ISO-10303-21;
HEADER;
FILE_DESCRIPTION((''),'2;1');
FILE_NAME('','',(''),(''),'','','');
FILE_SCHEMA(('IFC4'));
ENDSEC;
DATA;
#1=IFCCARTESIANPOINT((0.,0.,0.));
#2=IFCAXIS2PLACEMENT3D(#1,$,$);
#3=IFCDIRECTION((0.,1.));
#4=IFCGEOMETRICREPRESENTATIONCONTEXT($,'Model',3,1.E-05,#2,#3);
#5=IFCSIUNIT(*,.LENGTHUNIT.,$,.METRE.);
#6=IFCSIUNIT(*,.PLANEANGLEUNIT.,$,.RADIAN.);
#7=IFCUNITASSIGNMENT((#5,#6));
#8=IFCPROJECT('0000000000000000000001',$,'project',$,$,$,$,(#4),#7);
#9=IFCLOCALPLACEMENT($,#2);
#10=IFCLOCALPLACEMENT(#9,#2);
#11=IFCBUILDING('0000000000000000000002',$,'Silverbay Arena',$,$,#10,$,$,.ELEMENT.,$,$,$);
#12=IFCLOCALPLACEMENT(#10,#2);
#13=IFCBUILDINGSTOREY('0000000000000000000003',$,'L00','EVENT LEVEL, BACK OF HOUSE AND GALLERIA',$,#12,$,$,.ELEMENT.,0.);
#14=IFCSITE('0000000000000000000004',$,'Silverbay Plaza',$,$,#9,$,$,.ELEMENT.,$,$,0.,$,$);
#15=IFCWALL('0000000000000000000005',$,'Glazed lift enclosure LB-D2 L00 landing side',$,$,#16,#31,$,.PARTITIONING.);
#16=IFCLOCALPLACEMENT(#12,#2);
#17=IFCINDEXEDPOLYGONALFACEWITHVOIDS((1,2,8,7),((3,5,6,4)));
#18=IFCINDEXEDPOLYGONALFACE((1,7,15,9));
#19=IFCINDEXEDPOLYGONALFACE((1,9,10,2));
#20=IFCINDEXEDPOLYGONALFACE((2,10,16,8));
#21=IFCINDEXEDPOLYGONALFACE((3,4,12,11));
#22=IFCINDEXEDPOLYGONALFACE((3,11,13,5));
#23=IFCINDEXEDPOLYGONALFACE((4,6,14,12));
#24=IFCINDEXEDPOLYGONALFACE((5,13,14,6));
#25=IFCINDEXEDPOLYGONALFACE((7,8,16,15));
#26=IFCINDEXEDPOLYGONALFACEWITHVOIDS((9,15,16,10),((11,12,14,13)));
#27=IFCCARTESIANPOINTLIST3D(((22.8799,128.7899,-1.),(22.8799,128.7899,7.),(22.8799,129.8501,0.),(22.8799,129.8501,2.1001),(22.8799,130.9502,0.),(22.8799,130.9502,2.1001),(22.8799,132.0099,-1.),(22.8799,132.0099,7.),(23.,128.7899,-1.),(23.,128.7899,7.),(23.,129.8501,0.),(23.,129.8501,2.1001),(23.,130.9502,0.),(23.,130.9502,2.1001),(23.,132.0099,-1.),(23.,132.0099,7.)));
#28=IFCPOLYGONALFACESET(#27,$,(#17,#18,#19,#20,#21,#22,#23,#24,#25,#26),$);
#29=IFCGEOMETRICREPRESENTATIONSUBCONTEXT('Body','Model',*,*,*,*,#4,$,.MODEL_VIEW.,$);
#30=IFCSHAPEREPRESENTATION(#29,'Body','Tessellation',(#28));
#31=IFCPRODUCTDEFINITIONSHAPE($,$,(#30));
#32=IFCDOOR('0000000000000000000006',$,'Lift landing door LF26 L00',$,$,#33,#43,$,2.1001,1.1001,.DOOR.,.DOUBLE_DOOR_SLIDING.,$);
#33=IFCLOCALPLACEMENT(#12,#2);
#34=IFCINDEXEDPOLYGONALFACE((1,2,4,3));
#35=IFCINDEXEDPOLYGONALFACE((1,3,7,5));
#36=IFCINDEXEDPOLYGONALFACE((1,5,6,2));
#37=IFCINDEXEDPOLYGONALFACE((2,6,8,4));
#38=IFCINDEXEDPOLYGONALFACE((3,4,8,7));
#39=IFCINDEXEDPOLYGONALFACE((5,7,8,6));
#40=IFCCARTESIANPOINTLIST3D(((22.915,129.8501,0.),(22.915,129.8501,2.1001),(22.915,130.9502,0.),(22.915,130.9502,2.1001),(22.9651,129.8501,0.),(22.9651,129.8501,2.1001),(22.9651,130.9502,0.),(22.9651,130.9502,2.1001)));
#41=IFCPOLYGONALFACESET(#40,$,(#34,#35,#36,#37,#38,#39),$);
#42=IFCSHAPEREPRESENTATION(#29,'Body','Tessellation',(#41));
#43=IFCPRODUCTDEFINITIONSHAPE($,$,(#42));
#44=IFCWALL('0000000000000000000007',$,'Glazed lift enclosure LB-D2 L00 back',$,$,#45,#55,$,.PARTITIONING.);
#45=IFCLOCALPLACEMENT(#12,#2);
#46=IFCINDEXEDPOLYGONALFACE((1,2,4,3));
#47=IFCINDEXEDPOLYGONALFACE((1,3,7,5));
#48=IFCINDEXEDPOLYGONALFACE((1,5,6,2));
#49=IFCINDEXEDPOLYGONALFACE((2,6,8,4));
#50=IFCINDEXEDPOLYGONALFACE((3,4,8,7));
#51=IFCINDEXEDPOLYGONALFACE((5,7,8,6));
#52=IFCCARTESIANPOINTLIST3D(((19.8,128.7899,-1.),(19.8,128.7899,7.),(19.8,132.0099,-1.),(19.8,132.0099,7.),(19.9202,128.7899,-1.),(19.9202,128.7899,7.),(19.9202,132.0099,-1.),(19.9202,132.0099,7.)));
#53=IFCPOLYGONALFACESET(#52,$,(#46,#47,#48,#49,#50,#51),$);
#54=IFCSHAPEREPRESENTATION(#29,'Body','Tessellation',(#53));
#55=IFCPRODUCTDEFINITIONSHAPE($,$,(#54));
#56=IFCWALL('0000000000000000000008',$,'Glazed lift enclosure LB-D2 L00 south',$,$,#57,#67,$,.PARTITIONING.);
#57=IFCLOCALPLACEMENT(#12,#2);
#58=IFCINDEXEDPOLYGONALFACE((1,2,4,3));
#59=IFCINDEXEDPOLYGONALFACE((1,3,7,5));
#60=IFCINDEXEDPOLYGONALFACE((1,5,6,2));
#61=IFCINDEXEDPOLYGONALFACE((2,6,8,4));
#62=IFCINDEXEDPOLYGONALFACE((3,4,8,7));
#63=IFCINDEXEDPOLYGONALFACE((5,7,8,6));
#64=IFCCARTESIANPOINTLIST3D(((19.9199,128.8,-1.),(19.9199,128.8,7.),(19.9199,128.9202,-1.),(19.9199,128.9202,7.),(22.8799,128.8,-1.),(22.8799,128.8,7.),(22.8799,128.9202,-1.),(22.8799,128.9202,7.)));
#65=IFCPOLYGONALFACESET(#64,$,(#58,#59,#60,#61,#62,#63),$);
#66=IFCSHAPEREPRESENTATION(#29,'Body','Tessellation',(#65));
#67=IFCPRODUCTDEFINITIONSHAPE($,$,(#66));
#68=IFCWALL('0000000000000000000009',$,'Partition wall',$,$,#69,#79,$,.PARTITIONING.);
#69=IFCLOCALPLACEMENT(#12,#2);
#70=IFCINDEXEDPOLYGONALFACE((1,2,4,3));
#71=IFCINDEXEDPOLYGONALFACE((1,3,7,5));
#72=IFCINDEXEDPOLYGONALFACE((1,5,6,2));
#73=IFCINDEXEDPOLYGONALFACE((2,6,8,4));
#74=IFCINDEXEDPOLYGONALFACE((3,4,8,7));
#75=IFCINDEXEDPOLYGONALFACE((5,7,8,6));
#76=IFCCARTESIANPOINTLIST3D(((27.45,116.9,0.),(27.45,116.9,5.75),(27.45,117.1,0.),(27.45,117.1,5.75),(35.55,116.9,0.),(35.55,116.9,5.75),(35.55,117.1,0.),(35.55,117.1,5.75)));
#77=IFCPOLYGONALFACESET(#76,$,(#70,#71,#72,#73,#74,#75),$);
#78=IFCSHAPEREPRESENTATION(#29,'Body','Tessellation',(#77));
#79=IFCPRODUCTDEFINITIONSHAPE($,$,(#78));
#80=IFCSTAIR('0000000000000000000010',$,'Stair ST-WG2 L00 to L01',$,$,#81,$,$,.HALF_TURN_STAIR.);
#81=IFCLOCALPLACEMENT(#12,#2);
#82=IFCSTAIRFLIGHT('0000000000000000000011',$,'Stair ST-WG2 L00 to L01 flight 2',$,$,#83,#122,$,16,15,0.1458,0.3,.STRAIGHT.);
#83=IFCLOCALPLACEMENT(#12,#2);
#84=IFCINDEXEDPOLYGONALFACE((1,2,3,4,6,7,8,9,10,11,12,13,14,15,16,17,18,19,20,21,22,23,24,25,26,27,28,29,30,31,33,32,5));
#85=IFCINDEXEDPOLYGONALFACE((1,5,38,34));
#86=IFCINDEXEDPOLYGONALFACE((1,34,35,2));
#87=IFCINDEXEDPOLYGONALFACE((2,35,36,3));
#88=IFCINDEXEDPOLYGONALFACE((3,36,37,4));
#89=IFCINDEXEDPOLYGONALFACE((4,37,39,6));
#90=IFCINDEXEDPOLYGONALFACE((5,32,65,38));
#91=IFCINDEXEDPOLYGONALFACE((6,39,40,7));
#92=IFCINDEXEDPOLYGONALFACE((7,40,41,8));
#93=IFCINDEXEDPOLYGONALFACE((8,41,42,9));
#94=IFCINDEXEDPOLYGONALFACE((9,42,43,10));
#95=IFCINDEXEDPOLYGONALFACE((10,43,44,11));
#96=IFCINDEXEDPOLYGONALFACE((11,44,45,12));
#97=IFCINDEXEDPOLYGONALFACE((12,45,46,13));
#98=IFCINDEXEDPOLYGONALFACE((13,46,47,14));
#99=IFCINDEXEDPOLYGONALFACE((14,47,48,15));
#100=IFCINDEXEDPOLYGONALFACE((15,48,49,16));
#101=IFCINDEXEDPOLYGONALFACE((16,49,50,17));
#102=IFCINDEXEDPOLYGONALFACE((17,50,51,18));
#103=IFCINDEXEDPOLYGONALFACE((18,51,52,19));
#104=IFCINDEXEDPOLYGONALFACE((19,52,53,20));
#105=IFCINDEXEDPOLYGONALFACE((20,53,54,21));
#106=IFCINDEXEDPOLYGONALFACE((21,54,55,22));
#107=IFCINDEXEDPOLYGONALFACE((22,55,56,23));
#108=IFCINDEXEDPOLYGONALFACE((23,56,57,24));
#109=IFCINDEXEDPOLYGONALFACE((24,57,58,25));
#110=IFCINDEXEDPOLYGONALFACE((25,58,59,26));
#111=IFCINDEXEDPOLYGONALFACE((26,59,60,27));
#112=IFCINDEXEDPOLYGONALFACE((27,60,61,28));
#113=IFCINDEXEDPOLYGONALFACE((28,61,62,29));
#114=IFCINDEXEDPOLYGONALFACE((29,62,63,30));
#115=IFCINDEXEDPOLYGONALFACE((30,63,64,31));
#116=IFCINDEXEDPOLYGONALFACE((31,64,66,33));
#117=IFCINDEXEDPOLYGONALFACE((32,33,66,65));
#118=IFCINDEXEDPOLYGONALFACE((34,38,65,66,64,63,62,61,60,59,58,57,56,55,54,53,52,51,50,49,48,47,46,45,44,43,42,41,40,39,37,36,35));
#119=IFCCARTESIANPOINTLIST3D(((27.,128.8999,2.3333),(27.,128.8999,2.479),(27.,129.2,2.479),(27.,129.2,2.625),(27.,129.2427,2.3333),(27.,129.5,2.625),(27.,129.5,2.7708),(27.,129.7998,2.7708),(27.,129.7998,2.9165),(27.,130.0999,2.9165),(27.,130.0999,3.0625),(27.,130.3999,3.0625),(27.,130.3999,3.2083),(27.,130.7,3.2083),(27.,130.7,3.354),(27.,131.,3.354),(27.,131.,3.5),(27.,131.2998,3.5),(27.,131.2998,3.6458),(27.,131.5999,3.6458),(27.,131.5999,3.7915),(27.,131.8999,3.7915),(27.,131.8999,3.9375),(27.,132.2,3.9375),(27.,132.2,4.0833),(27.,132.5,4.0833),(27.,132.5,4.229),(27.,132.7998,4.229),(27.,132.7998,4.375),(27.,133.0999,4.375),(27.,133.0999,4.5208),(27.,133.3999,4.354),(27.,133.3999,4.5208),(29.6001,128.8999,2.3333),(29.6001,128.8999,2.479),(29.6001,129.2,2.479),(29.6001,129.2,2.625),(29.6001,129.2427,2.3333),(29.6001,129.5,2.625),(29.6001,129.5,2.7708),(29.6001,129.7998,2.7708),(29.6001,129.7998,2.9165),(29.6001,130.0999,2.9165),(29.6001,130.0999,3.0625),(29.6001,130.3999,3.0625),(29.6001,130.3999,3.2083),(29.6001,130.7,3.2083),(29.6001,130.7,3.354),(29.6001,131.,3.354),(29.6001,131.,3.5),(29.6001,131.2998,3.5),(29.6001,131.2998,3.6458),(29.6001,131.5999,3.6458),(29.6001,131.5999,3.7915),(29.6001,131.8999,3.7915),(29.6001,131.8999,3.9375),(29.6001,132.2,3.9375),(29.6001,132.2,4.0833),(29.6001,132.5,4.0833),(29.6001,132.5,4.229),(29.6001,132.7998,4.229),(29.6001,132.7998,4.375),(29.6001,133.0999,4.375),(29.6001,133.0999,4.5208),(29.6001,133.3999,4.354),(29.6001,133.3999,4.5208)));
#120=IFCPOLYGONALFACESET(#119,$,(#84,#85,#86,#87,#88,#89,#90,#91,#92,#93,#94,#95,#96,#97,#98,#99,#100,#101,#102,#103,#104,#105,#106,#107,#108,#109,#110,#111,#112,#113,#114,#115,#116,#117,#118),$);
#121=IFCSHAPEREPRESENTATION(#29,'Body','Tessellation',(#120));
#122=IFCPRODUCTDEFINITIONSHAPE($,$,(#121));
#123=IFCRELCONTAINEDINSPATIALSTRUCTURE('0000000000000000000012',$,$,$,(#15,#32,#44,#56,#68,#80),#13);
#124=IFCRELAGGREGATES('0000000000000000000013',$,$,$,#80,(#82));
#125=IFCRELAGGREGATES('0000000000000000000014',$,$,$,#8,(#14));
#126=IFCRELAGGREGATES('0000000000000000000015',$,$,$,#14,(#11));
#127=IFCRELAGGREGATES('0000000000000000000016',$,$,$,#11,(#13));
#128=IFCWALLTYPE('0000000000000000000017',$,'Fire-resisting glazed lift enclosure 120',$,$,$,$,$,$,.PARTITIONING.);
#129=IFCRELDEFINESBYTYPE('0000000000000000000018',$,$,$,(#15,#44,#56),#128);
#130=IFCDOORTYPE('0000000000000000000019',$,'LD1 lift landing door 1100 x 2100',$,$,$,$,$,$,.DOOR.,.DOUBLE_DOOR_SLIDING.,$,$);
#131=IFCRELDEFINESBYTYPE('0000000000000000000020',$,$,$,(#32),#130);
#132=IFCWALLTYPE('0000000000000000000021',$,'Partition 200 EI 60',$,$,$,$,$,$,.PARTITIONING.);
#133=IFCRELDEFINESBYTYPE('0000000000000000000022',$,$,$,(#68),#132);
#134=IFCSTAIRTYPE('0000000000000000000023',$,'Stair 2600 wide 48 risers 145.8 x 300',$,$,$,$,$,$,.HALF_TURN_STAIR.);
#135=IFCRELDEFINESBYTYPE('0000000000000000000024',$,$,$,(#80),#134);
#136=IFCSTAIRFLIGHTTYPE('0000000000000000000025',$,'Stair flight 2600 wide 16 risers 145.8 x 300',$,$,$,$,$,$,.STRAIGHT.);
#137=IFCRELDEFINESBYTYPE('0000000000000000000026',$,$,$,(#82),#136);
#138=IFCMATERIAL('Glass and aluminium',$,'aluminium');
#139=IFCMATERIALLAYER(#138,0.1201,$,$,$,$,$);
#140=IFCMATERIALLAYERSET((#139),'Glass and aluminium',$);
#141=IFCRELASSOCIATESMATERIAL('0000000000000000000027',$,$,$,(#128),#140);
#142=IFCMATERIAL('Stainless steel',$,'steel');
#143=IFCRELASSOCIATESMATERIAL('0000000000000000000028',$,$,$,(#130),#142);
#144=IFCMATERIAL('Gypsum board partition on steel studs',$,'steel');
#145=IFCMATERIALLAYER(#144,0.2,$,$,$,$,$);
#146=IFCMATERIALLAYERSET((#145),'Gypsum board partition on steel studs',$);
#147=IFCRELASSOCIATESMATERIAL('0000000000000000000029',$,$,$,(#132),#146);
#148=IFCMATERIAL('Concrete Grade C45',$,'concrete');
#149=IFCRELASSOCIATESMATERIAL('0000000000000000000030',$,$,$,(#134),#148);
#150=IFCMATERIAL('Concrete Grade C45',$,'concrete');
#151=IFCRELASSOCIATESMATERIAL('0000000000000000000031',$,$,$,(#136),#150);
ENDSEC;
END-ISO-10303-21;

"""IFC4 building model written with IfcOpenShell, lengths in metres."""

from ifc_helpers import new_model, si_unit, direction, frame, frame_2d, origin, place, context, subcontext, project, spatial, polyline, rectangle, outline, extrude, material, layer, layer_set, type_object, element, fill, aggregate, save


model = new_model("IFC4")

# Units and contexts
model_context = context("Model", 3, precision=1e-05, world=origin(), true_north=direction((0.0, 1.0)))
body_context = subcontext(model_context, "Body", "Model", "MODEL_VIEW")
ifc_project = project(units=[si_unit("LENGTHUNIT", "METRE"), si_unit("PLANEANGLEUNIT", "RADIAN")], contexts=[model_context])

# Site, building, storey
site_placement = place(None, origin())
site = spatial("IfcSite", under=ifc_project, at=site_placement, Name="Silverbay Plaza", CompositionType="ELEMENT", RefElevation=0.0)
building_placement = place(site_placement, origin())
building = spatial("IfcBuilding", under=site, at=building_placement, Name="Silverbay Arena", CompositionType="ELEMENT")
storey_placement = place(building_placement, origin())
storey = spatial("IfcBuildingStorey", under=building, at=storey_placement, Name="L00", Description="EVENT LEVEL, BACK OF HOUSE AND GALLERIA", CompositionType="ELEMENT", Elevation=0.0)

# Wall, opening, door
ifc_material_1 = material(Name="Glass and aluminium", Category="aluminium")
ifc_layer_1 = layer(ifc_material_1, 0.1201)
ifc_layer_set_1 = layer_set([ifc_layer_1], Name="Glass and aluminium")
wall_type_1 = type_object("IfcWallType", Name="Fire-resisting glazed lift enclosure 120", PredefinedType="PARTITIONING", material=ifc_layer_set_1)
wall_1_placement = place(storey_placement, frame((22.9399, 128.79, -1.0), z_axis=(0.0, 0.0, 1.0), x_axis=(0.0, 1.0, 0.0)))
wall_1 = element("IfcWall", 1, at=wall_1_placement, inside=storey, type_object=wall_type_1, Name="Glazed lift enclosure LB-D2 L00 landing side", PredefinedType="PARTITIONING", context=body_context, shape_type="SweptSolid", body=[
    extrude(rectangle(XDim=3.22, YDim=0.1201, at=frame_2d((1.6099, 0.0))), origin(), (0.0, 0.0, 1.0), 8.0),
])
opening_1_placement = place(wall_1_placement, frame((1.0601, 0.0, 1.0)))
opening_1 = element("IfcOpeningElement", 2, at=opening_1_placement, cuts=wall_1, PredefinedType="OPENING", context=body_context, shape_type="SweptSolid", body=[
    extrude(rectangle(XDim=1.1001, YDim=2.1001, at=frame_2d((0.55, 1.05))), frame((0.0, 0.0701, 0.0), z_axis=(0.0, -1.0, 0.0), x_axis=(1.0, 0.0, 0.0)), (0.0, 0.0, 1.0), 0.1401),
])
ifc_material_2 = material(Name="Stainless steel", Category="steel")
door_type_1 = type_object("IfcDoorType", Name="LD1 lift landing door 1100 x 2100", OperationType="DOUBLE_DOOR_SLIDING", PredefinedType="DOOR", material=ifc_material_2)
door_1_placement = place(opening_1_placement, origin())
door_1 = element("IfcDoor", 3, at=door_1_placement, inside=storey, type_object=door_type_1, Name="Lift landing door LF26 L00", OperationType="DOUBLE_DOOR_SLIDING", OverallHeight=2.1001, OverallWidth=1.1001, PredefinedType="DOOR", context=body_context, shape_type="SweptSolid", body=[
    extrude(rectangle(XDim=1.1001, YDim=2.1001, at=frame_2d((0.55, 1.05))), frame((0.0, 0.0249, 0.0), z_axis=(0.0, -1.0, 0.0), x_axis=(1.0, 0.0, 0.0)), (0.0, 0.0, 1.0), 0.05),
])
fill(opening_1, door_1)

# Walls
wall_2_placement = place(storey_placement, frame((19.8601, 128.79, -1.0), z_axis=(0.0, 0.0, 1.0), x_axis=(0.0, 1.0, 0.0)))
element("IfcWall", 4, at=wall_2_placement, inside=storey, type_object=wall_type_1, Name="Glazed lift enclosure LB-D2 L00 back", PredefinedType="PARTITIONING", context=body_context, shape_type="SweptSolid", body=[
    extrude(rectangle(XDim=3.22, YDim=0.1201, at=frame_2d((1.6099, 0.0))), origin(), (0.0, 0.0, 1.0), 8.0),
])
wall_3_placement = place(storey_placement, frame((19.9199, 128.8601, -1.0), z_axis=(0.0, 0.0, 1.0), x_axis=(1.0, 0.0, 0.0)))
element("IfcWall", 5, at=wall_3_placement, inside=storey, type_object=wall_type_1, Name="Glazed lift enclosure LB-D2 L00 south", PredefinedType="PARTITIONING", context=body_context, shape_type="SweptSolid", body=[
    extrude(rectangle(XDim=2.96, YDim=0.1201, at=frame_2d((1.48, 0.0))), origin(), (0.0, 0.0, 1.0), 8.0),
])
ifc_material_3 = material(Name="Gypsum board partition on steel studs", Category="steel")
ifc_layer_2 = layer(ifc_material_3, 0.2)
ifc_layer_set_2 = layer_set([ifc_layer_2], Name="Gypsum board partition on steel studs")
wall_type_2 = type_object("IfcWallType", Name="Partition 200 EI 60", PredefinedType="PARTITIONING", material=ifc_layer_set_2)
wall_4_placement = place(storey_placement, frame((27.45, 117.0, 0.0), z_axis=(0.0, 0.0, 1.0), x_axis=(1.0, 0.0, 0.0)))
element("IfcWall", 6, at=wall_4_placement, inside=storey, type_object=wall_type_2, Name="Partition wall", PredefinedType="PARTITIONING", context=body_context, shape_type="SweptSolid", body=[
    extrude(rectangle(XDim=8.1001, YDim=0.2, at=frame_2d((4.05, 0.0))), origin(), (0.0, 0.0, 1.0), 5.75),
])

# Stair, stair flight
ifc_material_4 = material(Name="Concrete Grade C45", Category="concrete")
stair_type = type_object("IfcStairType", Name="Stair 2600 wide 48 risers 145.8 x 300", PredefinedType="HALF_TURN_STAIR", material=ifc_material_4)
stair_placement = place(storey_placement, origin())
stair = element("IfcStair", 7, at=stair_placement, inside=storey, type_object=stair_type, Name="Stair ST-WG2 L00 to L01", PredefinedType="HALF_TURN_STAIR")
ifc_material_5 = material(Name="Concrete Grade C45", Category="concrete")
stair_flight_type = type_object("IfcStairFlightType", Name="Stair flight 2600 wide 16 risers 145.8 x 300", PredefinedType="STRAIGHT", material=ifc_material_5)
stair_flight_placement = place(storey_placement, frame((28.3, 128.8999, 2.3333), z_axis=(0.0, 0.0, 1.0), x_axis=(0.0, 1.0, 0.0)))
stair_flight = element("IfcStairFlight", 8, at=stair_flight_placement, type_object=stair_flight_type, Name="Stair ST-WG2 L00 to L01 flight 2", NumberOfRisers=16, NumberOfTreads=15, PredefinedType="STRAIGHT", RiserHeight=0.1458, TreadLength=0.3, context=body_context, shape_type="SweptSolid", body=[
    extrude(outline(polyline([(0.0, 0.0), (0.0, 0.1458), (0.3, 0.1458), (0.3, 0.2917), (0.6001, 0.2917), (0.6001, 0.4375), (0.8999, 0.4375), (0.8999, 0.5833), (1.2, 0.5833), (1.2, 0.7292), (1.5, 0.7292), (1.5, 0.875), (1.8, 0.875), (1.8, 1.0208), (2.1001, 1.0208), (2.1001, 1.1667), (2.3999, 1.1667), (2.3999, 1.3125), (2.7, 1.3125), (2.7, 1.4583), (3.0, 1.4583), (3.0, 1.6042), (3.3, 1.6042), (3.3, 1.75), (3.6001, 1.75), (3.6001, 1.8958), (3.8999, 1.8958), (3.8999, 2.0417), (4.2, 2.0417), (4.2, 2.1875), (4.5, 2.1875), (4.5, 2.0208), (0.3428, 0.0), (0.0, 0.0)])), frame((0.0, 1.3, 0.0), z_axis=(0.0, -1.0, 0.0), x_axis=(1.0, 0.0, 0.0)), (0.0, 0.0, 1.0), 2.6001),
])
aggregate(stair, [stair_flight])

save(model, "model.ifc")
